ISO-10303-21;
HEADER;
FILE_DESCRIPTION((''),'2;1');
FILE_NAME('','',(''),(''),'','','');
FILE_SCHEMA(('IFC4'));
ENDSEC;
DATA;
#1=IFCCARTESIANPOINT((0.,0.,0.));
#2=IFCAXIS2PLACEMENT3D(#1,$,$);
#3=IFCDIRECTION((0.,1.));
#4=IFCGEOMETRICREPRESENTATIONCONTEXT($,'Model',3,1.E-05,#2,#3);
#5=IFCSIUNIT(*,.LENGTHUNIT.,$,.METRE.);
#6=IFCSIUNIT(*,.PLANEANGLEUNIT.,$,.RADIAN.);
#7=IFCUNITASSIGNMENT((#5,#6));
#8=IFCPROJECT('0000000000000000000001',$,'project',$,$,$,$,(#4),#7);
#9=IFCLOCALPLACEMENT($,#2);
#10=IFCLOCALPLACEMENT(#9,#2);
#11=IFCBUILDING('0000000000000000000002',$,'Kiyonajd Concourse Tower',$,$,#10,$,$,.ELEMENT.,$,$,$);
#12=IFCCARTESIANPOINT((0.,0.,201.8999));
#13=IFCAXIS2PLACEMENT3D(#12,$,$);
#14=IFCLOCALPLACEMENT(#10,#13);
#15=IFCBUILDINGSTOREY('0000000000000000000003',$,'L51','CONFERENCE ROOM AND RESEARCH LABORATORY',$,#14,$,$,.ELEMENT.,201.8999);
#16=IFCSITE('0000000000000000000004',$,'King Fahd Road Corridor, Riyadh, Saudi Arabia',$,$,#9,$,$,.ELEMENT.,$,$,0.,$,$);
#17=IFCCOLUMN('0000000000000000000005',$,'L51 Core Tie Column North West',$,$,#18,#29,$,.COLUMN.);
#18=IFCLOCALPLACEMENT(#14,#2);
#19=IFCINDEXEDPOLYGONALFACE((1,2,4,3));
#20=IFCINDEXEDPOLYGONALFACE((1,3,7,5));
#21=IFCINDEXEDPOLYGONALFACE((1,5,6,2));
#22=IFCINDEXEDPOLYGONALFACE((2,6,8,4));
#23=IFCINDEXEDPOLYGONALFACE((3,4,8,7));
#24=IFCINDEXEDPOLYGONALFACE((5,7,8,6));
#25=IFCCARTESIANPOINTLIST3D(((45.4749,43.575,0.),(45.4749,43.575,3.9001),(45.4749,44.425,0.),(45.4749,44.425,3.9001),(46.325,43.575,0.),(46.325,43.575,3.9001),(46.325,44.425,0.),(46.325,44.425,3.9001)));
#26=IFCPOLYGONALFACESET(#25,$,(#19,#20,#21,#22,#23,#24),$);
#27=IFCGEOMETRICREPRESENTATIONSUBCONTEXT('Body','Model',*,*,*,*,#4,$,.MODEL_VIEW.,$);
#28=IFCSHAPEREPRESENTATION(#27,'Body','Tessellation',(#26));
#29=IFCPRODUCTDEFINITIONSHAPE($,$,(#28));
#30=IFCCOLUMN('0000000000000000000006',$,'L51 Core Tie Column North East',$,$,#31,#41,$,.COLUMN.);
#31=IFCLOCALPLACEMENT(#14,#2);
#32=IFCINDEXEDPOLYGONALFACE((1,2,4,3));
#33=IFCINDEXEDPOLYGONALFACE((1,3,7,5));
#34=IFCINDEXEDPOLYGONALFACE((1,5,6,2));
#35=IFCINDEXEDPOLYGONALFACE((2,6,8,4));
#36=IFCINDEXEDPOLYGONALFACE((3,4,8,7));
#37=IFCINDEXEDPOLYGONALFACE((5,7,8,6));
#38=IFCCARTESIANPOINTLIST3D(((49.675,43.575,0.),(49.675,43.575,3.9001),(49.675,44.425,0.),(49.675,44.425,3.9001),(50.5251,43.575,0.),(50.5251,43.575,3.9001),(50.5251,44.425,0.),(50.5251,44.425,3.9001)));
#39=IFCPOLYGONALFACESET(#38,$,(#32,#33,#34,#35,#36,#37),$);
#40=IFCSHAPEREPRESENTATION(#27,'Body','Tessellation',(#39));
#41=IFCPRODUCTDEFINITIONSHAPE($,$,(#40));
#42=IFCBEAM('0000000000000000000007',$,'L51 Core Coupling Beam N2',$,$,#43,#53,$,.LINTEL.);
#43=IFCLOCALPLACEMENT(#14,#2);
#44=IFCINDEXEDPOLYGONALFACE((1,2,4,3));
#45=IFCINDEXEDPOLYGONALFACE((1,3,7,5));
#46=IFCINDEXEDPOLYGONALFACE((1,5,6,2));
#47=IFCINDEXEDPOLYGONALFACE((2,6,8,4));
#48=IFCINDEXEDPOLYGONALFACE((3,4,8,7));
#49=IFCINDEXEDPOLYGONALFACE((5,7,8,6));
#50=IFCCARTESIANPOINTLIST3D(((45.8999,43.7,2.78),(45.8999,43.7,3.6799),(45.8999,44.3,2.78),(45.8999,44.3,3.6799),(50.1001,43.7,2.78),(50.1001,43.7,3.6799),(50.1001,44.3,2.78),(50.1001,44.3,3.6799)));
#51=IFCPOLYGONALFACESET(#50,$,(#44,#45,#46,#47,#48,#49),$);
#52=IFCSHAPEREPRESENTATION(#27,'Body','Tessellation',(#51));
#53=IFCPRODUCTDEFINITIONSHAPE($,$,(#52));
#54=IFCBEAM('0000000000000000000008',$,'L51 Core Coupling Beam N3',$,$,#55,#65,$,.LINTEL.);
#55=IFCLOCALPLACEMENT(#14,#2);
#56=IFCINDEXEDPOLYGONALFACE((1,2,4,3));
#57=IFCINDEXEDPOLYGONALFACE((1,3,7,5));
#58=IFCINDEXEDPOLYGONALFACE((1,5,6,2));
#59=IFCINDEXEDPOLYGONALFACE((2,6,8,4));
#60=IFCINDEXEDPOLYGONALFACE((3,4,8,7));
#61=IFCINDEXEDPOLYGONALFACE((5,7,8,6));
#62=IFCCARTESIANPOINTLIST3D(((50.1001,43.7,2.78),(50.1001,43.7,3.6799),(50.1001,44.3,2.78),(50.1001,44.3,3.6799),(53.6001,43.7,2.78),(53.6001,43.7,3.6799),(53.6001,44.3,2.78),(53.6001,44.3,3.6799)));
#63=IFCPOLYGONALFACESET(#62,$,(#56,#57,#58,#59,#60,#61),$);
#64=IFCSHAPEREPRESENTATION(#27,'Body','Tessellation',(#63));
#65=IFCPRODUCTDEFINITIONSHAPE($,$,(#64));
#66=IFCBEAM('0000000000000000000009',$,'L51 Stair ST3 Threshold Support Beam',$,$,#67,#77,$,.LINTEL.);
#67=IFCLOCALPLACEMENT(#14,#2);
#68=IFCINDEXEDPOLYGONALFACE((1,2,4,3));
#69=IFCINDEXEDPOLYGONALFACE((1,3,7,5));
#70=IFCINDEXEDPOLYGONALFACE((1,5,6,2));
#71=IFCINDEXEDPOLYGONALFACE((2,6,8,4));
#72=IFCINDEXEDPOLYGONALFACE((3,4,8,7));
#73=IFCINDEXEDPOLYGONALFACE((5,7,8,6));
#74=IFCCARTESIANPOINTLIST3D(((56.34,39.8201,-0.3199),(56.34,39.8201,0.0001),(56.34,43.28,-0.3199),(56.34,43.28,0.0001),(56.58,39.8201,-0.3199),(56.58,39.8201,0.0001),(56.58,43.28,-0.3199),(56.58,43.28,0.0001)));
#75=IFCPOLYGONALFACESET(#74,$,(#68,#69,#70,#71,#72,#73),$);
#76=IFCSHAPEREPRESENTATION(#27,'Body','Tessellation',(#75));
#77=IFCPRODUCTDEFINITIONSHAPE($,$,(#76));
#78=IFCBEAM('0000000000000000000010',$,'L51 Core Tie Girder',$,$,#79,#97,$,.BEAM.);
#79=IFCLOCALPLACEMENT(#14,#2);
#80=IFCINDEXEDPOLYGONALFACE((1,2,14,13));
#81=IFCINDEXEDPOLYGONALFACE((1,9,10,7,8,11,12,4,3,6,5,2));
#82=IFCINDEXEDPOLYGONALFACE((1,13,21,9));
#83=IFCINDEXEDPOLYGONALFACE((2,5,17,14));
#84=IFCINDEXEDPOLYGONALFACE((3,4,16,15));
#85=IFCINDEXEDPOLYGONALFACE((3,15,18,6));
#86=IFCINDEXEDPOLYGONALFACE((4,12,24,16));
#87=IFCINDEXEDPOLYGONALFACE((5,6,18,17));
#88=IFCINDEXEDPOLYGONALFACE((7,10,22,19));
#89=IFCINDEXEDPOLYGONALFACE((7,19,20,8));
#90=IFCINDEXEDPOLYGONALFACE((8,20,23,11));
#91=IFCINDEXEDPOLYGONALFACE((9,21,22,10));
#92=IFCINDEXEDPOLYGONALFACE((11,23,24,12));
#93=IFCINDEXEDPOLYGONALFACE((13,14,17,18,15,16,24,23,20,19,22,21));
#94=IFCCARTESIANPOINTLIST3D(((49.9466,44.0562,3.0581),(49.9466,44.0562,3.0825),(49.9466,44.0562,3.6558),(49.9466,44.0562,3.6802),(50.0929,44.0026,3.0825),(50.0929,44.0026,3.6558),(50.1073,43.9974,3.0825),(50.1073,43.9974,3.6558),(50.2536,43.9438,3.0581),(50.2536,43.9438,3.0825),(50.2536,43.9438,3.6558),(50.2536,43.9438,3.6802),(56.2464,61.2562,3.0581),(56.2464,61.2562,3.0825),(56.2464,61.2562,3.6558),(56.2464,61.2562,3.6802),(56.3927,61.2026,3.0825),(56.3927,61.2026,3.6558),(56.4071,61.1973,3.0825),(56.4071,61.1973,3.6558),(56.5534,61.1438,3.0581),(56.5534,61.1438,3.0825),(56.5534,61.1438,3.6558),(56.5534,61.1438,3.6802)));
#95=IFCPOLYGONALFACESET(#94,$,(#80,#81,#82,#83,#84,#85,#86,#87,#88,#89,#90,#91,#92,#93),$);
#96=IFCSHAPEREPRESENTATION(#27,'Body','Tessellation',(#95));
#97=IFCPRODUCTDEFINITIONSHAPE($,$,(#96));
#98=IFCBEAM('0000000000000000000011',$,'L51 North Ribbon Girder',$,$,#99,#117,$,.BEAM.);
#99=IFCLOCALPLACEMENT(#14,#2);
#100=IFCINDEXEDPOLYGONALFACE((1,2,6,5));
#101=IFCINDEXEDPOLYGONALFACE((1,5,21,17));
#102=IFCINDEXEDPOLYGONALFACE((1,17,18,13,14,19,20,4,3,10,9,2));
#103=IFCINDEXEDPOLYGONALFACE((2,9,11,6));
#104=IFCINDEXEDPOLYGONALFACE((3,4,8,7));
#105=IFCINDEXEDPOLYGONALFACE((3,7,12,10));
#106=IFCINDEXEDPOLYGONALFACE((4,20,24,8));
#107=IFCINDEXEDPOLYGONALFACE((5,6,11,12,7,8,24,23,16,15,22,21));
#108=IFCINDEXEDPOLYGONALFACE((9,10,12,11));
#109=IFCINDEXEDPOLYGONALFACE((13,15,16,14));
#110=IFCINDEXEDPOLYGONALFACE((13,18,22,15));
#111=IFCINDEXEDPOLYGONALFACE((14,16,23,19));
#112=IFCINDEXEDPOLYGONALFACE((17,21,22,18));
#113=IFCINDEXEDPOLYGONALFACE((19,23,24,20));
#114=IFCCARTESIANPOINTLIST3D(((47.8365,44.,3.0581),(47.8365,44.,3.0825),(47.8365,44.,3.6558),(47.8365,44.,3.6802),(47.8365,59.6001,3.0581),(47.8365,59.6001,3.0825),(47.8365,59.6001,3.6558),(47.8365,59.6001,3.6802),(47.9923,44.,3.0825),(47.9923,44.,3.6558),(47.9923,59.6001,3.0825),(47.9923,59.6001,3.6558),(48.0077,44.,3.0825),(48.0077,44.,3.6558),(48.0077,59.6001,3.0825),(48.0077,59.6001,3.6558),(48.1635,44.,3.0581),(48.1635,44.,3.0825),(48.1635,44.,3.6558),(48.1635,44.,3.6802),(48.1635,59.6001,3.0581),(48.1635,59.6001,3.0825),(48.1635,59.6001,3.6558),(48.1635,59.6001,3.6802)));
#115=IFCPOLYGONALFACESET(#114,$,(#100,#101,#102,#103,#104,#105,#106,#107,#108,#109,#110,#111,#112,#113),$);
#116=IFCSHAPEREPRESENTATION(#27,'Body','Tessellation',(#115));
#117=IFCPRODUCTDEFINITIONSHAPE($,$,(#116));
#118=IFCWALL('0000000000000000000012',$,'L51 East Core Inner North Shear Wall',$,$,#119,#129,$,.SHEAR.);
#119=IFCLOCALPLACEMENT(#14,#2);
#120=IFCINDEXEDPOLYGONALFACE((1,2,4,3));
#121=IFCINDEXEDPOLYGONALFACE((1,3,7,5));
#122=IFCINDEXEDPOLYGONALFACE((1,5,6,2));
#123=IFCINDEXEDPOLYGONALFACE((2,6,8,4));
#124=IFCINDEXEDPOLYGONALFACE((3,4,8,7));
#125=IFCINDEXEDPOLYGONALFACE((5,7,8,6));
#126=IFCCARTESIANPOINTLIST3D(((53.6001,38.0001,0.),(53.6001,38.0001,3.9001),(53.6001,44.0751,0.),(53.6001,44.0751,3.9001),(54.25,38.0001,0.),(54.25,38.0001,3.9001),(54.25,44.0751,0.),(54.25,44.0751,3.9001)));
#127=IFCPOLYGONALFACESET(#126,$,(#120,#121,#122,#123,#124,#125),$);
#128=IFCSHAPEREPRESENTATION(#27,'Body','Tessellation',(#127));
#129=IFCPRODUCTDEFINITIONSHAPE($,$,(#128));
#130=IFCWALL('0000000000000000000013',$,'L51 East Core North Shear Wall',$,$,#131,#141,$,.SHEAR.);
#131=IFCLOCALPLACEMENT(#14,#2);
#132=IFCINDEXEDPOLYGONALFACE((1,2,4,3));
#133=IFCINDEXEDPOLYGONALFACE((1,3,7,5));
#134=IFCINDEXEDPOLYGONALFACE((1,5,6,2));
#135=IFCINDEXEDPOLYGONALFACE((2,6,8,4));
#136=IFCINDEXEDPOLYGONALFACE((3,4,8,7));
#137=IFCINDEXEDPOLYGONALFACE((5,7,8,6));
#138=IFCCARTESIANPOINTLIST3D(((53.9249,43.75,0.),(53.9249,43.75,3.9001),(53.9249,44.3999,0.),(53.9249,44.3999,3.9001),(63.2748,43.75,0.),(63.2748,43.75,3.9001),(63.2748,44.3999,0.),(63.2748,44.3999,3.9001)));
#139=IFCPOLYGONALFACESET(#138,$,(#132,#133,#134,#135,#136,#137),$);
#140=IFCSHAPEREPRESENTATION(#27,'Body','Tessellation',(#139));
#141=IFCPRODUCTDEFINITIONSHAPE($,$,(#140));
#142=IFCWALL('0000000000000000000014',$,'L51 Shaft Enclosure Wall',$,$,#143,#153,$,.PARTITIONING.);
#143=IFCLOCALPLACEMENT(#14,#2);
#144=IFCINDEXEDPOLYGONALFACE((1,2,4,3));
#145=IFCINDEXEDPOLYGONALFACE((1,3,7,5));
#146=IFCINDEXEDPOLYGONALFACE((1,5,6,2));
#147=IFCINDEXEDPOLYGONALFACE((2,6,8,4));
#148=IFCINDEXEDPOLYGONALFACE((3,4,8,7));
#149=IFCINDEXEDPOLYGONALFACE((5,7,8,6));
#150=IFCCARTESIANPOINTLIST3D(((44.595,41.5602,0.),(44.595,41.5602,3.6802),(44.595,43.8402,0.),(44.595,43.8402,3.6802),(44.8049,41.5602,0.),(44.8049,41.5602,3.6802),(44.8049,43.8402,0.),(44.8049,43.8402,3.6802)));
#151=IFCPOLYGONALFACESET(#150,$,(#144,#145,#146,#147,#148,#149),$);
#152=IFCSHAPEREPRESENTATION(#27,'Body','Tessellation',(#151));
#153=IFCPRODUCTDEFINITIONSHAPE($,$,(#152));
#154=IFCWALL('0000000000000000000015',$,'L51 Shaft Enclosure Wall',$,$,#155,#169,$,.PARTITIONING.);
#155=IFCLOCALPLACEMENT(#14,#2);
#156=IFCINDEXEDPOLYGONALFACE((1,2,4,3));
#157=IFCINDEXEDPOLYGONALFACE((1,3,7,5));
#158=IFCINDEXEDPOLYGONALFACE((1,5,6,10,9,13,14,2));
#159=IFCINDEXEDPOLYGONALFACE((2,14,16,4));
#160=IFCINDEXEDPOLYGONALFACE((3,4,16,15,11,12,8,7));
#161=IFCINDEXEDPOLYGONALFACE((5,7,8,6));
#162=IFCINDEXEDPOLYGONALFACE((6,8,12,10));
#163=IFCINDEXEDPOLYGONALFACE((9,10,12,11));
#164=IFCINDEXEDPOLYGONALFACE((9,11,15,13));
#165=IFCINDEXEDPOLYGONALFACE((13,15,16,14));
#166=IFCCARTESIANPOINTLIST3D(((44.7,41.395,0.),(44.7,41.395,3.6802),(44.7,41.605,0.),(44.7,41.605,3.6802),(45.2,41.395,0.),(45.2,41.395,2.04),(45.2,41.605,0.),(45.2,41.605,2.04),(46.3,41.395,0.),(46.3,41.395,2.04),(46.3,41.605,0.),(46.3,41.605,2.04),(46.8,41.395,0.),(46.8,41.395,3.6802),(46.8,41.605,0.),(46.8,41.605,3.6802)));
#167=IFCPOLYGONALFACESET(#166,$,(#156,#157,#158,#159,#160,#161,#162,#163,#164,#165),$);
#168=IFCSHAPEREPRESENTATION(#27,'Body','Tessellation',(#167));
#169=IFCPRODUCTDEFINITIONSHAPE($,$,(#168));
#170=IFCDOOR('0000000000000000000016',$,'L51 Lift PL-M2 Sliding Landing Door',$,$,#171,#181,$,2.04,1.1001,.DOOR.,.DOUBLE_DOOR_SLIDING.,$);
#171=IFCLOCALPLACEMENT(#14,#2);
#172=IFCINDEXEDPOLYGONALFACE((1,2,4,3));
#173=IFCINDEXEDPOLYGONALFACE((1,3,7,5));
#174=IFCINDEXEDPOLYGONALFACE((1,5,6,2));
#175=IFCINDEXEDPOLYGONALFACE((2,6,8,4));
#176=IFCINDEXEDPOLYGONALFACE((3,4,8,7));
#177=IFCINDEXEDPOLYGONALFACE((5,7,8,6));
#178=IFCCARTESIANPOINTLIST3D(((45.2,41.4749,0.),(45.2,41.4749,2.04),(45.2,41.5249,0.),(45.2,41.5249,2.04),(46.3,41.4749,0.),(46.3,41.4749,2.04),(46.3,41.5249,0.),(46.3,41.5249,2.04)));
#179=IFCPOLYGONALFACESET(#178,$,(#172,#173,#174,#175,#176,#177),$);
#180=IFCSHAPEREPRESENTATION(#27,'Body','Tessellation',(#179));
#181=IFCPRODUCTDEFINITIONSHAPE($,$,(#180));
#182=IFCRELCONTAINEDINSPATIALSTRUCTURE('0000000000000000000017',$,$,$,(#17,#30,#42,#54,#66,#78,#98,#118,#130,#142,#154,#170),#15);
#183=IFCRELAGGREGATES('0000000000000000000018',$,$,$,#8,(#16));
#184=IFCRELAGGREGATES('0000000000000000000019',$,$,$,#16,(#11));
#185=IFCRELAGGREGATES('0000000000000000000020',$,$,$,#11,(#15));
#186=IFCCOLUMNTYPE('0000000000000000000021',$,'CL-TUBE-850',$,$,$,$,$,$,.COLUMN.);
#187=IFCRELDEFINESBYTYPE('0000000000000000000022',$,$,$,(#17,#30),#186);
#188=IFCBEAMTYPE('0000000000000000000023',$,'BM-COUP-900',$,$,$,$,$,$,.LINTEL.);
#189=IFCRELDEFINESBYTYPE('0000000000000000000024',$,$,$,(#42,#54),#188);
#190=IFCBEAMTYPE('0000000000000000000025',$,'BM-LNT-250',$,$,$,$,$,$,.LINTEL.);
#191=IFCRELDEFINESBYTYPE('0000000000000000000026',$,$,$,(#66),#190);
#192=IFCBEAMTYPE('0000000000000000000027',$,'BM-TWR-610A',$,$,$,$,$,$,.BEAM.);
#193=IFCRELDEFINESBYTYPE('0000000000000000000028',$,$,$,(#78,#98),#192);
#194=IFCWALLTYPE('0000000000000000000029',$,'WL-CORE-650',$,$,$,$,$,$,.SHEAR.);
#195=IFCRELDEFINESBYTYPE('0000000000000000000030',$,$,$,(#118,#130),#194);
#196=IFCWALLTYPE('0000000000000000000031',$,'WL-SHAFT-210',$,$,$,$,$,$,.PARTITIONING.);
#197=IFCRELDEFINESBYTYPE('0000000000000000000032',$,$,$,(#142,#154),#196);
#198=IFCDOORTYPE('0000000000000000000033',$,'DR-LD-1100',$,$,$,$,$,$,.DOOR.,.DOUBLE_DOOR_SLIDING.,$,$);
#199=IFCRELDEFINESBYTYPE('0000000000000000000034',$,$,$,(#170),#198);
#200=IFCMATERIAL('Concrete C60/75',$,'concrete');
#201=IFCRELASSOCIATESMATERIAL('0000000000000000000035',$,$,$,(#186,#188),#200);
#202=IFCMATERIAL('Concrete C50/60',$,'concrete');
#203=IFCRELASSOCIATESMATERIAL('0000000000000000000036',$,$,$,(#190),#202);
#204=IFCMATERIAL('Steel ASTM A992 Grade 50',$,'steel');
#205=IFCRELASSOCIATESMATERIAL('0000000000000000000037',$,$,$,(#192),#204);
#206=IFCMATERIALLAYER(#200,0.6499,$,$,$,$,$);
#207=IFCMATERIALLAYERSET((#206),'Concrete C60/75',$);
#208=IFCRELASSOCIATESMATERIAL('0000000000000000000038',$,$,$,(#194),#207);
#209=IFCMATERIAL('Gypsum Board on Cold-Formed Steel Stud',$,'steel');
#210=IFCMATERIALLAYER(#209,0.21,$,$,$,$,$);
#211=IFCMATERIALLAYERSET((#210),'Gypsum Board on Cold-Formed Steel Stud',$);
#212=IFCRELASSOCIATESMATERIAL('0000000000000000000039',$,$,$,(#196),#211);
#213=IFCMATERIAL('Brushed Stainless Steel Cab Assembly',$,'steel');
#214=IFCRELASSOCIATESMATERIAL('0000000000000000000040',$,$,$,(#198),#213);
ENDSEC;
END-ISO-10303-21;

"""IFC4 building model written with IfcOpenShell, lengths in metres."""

from ifc_helpers import new_model, si_unit, direction, frame, frame_2d, origin, origin_2d, place, context, subcontext, project, spatial, rectangle, i_section, extrude, material, layer, layer_set, material_profile, profile_set, type_object, element, fill, save


model = new_model("IFC4")

# Units and contexts
model_context = context("Model", 3, precision=1e-05, world=origin(), true_north=direction((0.0, 1.0)))
body_context = subcontext(model_context, "Body", "Model", "MODEL_VIEW")
ifc_project = project(units=[si_unit("LENGTHUNIT", "METRE"), si_unit("PLANEANGLEUNIT", "RADIAN")], contexts=[model_context])

# Site, building, storey
site_placement = place(None, origin())
site = spatial("IfcSite", under=ifc_project, at=site_placement, Name="King Fahd Road Corridor, Riyadh, Saudi Arabia", CompositionType="ELEMENT", RefElevation=0.0)
building_placement = place(site_placement, origin())
building = spatial("IfcBuilding", under=site, at=building_placement, Name="Kiyonajd Concourse Tower", CompositionType="ELEMENT")
storey_placement = place(building_placement, frame((0.0, 0.0, 201.8999)))
storey = spatial("IfcBuildingStorey", under=building, at=storey_placement, Name="L51", Description="CONFERENCE ROOM AND RESEARCH LABORATORY", CompositionType="ELEMENT", Elevation=201.8999)

# Columns
ifc_material_1 = material(Name="Concrete C60/75", Category="concrete")
ifc_material_profile_1 = material_profile(ifc_material_1, rectangle(XDim=0.8501, YDim=0.8501, at=origin_2d()), Name="RC-850x850")
ifc_profile_set_1 = profile_set([ifc_material_profile_1], Name="Concrete C60/75")
column_type = type_object("IfcColumnType", Name="CL-TUBE-850", PredefinedType="COLUMN", material=ifc_profile_set_1)
for number, where, z_axis, x_axis, name in (
    (1, (45.8999, 44.0, 0.0), (0.0, 0.0, 1.0), (1.0, 0.0, 0.0), "L51 Core Tie Column North West"),
    (2, (50.1001, 44.0, 0.0), (0.0, 0.0, 1.0), (1.0, 0.0, 0.0), "L51 Core Tie Column North East"),
):
    element("IfcColumn", number, at=place(storey_placement, frame(where, z_axis=z_axis, x_axis=x_axis)), inside=storey, type_object=column_type, Name=name, PredefinedType="COLUMN", context=body_context, shape_type="SweptSolid", body=[
        extrude(rectangle(XDim=0.8501, YDim=0.8501, at=origin_2d()), origin(), (0.0, 0.0, 1.0), 3.9001),
    ])

# Beams
ifc_material_profile_2 = material_profile(ifc_material_1, rectangle(XDim=0.6001, YDim=0.8999, at=origin_2d()), Name="RCBM-600x900")
ifc_profile_set_2 = profile_set([ifc_material_profile_2], Name="Concrete C60/75")
beam_type_1 = type_object("IfcBeamType", Name="BM-COUP-900", PredefinedType="LINTEL", material=ifc_profile_set_2)
beam_1_placement = place(storey_placement, frame((45.8999, 44.0, 3.23), z_axis=(1.0, 0.0, 0.0), x_axis=(0.0, 1.0, 0.0)))
element("IfcBeam", 3, at=beam_1_placement, inside=storey, type_object=beam_type_1, Name="L51 Core Coupling Beam N2", PredefinedType="LINTEL", context=body_context, shape_type="SweptSolid", body=[
    extrude(rectangle(XDim=0.6001, YDim=0.8999, at=origin_2d()), origin(), (0.0, 0.0, 1.0), 4.2002),
])
beam_2_placement = place(storey_placement, frame((50.1001, 44.0, 3.23), z_axis=(1.0, 0.0, 0.0), x_axis=(0.0, 1.0, 0.0)))
element("IfcBeam", 4, at=beam_2_placement, inside=storey, type_object=beam_type_1, Name="L51 Core Coupling Beam N3", PredefinedType="LINTEL", context=body_context, shape_type="SweptSolid", body=[
    extrude(rectangle(XDim=0.6001, YDim=0.8999, at=origin_2d()), origin(), (0.0, 0.0, 1.0), 3.5),
])
ifc_material_2 = material(Name="Concrete C50/60", Category="concrete")
ifc_material_profile_3 = material_profile(ifc_material_2, rectangle(XDim=0.24, YDim=0.3201, at=origin_2d()), Name="RCBM-240x320")
ifc_profile_set_3 = profile_set([ifc_material_profile_3], Name="Concrete C50/60")
beam_type_2 = type_object("IfcBeamType", Name="BM-LNT-250", PredefinedType="LINTEL", material=ifc_profile_set_3)
beam_3_placement = place(storey_placement, frame((56.46, 39.8201, -0.1599), z_axis=(0.0, 1.0, 0.0), x_axis=(-1.0, 0.0, 0.0)))
element("IfcBeam", 5, at=beam_3_placement, inside=storey, type_object=beam_type_2, Name="L51 Stair ST3 Threshold Support Beam", PredefinedType="LINTEL", context=body_context, shape_type="SweptSolid", body=[
    extrude(rectangle(XDim=0.24, YDim=0.3201, at=origin_2d()), origin(), (0.0, 0.0, 1.0), 3.46),
])
ifc_material_3 = material(Name="Steel ASTM A992 Grade 50", Category="steel")
ifc_material_profile_4 = material_profile(ifc_material_3, i_section(OverallWidth=0.3269, OverallDepth=0.6221, WebThickness=0.0154, FlangeThickness=0.0244, at=origin_2d()), Name="W610X195")
ifc_profile_set_4 = profile_set([ifc_material_profile_4], Name="Steel ASTM A992 Grade 50")
beam_type_3 = type_object("IfcBeamType", Name="BM-TWR-610A", PredefinedType="BEAM", material=ifc_profile_set_4)
beam_4_placement = place(storey_placement, frame((50.1001, 44.0, 3.3691), z_axis=(0.343925, 0.938997, 0.0), x_axis=(-0.938997, 0.343925, 0.0)))
element("IfcBeam", 6, at=beam_4_placement, inside=storey, type_object=beam_type_3, Name="L51 Core Tie Girder", PredefinedType="BEAM", context=body_context, shape_type="SweptSolid", body=[
    extrude(i_section(OverallWidth=0.3269, OverallDepth=0.6221, WebThickness=0.0154, FlangeThickness=0.0244, at=origin_2d()), origin(), (0.0, 0.0, 1.0), 18.3174),
])
beam_5_placement = place(storey_placement, frame((48.0, 44.0, 3.3691), z_axis=(0.0, 1.0, 0.0), x_axis=(-1.0, 0.0, 0.0)))
element("IfcBeam", 7, at=beam_5_placement, inside=storey, type_object=beam_type_3, Name="L51 North Ribbon Girder", PredefinedType="BEAM", context=body_context, shape_type="SweptSolid", body=[
    extrude(i_section(OverallWidth=0.3269, OverallDepth=0.6221, WebThickness=0.0154, FlangeThickness=0.0244, at=origin_2d()), origin(), (0.0, 0.0, 1.0), 15.6001),
])

# Walls
ifc_layer_1 = layer(ifc_material_1, 0.6499)
ifc_layer_set_1 = layer_set([ifc_layer_1], Name="Concrete C60/75")
wall_type_1 = type_object("IfcWallType", Name="WL-CORE-650", PredefinedType="SHEAR", material=ifc_layer_set_1)
wall_1_placement = place(storey_placement, frame((53.925, 38.0, 0.0), z_axis=(0.0, 0.0, 1.0), x_axis=(0.0, 1.0, 0.0)))
element("IfcWall", 8, at=wall_1_placement, inside=storey, type_object=wall_type_1, Name="L51 East Core Inner North Shear Wall", PredefinedType="SHEAR", context=body_context, shape_type="SweptSolid", body=[
    extrude(rectangle(XDim=6.075, YDim=0.6499, at=frame_2d((3.0376, 0.0))), origin(), (0.0, 0.0, 1.0), 3.9001),
])
wall_2_placement = place(storey_placement, frame((53.925, 44.075, 0.0), z_axis=(0.0, 0.0, 1.0), x_axis=(1.0, 0.0, 0.0)))
element("IfcWall", 9, at=wall_2_placement, inside=storey, type_object=wall_type_1, Name="L51 East Core North Shear Wall", PredefinedType="SHEAR", context=body_context, shape_type="SweptSolid", body=[
    extrude(rectangle(XDim=9.3499, YDim=0.6499, at=frame_2d((4.6748, 0.0))), origin(), (0.0, 0.0, 1.0), 3.9001),
])
ifc_material_4 = material(Name="Gypsum Board on Cold-Formed Steel Stud", Category="steel")
ifc_layer_2 = layer(ifc_material_4, 0.21)
ifc_layer_set_2 = layer_set([ifc_layer_2], Name="Gypsum Board on Cold-Formed Steel Stud")
wall_type_2 = type_object("IfcWallType", Name="WL-SHAFT-210", PredefinedType="PARTITIONING", material=ifc_layer_set_2)
wall_3_placement = place(storey_placement, frame((44.7, 41.5601, 0.0), z_axis=(0.0, 0.0, 1.0), x_axis=(0.0, 1.0, 0.0)))
element("IfcWall", 10, at=wall_3_placement, inside=storey, type_object=wall_type_2, Name="L51 Shaft Enclosure Wall", PredefinedType="PARTITIONING", context=body_context, shape_type="SweptSolid", body=[
    extrude(rectangle(XDim=2.28, YDim=0.21, at=frame_2d((1.1401, 0.0))), origin(), (0.0, 0.0, 1.0), 3.6802),
])

# Wall, opening, door
wall_4_placement = place(storey_placement, frame((44.7, 41.5, 0.0), z_axis=(0.0, 0.0, 1.0), x_axis=(1.0, 0.0, 0.0)))
wall_4 = element("IfcWall", 11, at=wall_4_placement, inside=storey, type_object=wall_type_2, Name="L51 Shaft Enclosure Wall", PredefinedType="PARTITIONING", context=body_context, shape_type="SweptSolid", body=[
    extrude(rectangle(XDim=2.1001, YDim=0.21, at=frame_2d((1.05, 0.0))), origin(), (0.0, 0.0, 1.0), 3.6802),
])
opening_1_placement = place(wall_4_placement, frame((0.5, 0.0, 0.0)))
opening_1 = element("IfcOpeningElement", 12, at=opening_1_placement, cuts=wall_4, PredefinedType="OPENING", context=body_context, shape_type="SweptSolid", body=[
    extrude(rectangle(XDim=1.1001, YDim=2.04, at=frame_2d((0.55, 1.02))), frame((0.0, 0.115, 0.0), z_axis=(0.0, -1.0, 0.0), x_axis=(1.0, 0.0, 0.0)), (0.0, 0.0, 1.0), 0.23),
])
ifc_material_5 = material(Name="Brushed Stainless Steel Cab Assembly", Category="steel")
door_type_1 = type_object("IfcDoorType", Name="DR-LD-1100", OperationType="DOUBLE_DOOR_SLIDING", PredefinedType="DOOR", material=ifc_material_5)
door_1_placement = place(opening_1_placement, origin())
door_1 = element("IfcDoor", 13, at=door_1_placement, inside=storey, type_object=door_type_1, Name="L51 Lift PL-M2 Sliding Landing Door", OperationType="DOUBLE_DOOR_SLIDING", OverallHeight=2.04, OverallWidth=1.1001, PredefinedType="DOOR", context=body_context, shape_type="SweptSolid", body=[
    extrude(rectangle(XDim=1.1001, YDim=2.04, at=frame_2d((0.55, 1.02))), frame((0.0, 0.0249, 0.0), z_axis=(0.0, -1.0, 0.0), x_axis=(1.0, 0.0, 0.0)), (0.0, 0.0, 1.0), 0.05),
])
fill(opening_1, door_1)

save(model, "model.ifc")
